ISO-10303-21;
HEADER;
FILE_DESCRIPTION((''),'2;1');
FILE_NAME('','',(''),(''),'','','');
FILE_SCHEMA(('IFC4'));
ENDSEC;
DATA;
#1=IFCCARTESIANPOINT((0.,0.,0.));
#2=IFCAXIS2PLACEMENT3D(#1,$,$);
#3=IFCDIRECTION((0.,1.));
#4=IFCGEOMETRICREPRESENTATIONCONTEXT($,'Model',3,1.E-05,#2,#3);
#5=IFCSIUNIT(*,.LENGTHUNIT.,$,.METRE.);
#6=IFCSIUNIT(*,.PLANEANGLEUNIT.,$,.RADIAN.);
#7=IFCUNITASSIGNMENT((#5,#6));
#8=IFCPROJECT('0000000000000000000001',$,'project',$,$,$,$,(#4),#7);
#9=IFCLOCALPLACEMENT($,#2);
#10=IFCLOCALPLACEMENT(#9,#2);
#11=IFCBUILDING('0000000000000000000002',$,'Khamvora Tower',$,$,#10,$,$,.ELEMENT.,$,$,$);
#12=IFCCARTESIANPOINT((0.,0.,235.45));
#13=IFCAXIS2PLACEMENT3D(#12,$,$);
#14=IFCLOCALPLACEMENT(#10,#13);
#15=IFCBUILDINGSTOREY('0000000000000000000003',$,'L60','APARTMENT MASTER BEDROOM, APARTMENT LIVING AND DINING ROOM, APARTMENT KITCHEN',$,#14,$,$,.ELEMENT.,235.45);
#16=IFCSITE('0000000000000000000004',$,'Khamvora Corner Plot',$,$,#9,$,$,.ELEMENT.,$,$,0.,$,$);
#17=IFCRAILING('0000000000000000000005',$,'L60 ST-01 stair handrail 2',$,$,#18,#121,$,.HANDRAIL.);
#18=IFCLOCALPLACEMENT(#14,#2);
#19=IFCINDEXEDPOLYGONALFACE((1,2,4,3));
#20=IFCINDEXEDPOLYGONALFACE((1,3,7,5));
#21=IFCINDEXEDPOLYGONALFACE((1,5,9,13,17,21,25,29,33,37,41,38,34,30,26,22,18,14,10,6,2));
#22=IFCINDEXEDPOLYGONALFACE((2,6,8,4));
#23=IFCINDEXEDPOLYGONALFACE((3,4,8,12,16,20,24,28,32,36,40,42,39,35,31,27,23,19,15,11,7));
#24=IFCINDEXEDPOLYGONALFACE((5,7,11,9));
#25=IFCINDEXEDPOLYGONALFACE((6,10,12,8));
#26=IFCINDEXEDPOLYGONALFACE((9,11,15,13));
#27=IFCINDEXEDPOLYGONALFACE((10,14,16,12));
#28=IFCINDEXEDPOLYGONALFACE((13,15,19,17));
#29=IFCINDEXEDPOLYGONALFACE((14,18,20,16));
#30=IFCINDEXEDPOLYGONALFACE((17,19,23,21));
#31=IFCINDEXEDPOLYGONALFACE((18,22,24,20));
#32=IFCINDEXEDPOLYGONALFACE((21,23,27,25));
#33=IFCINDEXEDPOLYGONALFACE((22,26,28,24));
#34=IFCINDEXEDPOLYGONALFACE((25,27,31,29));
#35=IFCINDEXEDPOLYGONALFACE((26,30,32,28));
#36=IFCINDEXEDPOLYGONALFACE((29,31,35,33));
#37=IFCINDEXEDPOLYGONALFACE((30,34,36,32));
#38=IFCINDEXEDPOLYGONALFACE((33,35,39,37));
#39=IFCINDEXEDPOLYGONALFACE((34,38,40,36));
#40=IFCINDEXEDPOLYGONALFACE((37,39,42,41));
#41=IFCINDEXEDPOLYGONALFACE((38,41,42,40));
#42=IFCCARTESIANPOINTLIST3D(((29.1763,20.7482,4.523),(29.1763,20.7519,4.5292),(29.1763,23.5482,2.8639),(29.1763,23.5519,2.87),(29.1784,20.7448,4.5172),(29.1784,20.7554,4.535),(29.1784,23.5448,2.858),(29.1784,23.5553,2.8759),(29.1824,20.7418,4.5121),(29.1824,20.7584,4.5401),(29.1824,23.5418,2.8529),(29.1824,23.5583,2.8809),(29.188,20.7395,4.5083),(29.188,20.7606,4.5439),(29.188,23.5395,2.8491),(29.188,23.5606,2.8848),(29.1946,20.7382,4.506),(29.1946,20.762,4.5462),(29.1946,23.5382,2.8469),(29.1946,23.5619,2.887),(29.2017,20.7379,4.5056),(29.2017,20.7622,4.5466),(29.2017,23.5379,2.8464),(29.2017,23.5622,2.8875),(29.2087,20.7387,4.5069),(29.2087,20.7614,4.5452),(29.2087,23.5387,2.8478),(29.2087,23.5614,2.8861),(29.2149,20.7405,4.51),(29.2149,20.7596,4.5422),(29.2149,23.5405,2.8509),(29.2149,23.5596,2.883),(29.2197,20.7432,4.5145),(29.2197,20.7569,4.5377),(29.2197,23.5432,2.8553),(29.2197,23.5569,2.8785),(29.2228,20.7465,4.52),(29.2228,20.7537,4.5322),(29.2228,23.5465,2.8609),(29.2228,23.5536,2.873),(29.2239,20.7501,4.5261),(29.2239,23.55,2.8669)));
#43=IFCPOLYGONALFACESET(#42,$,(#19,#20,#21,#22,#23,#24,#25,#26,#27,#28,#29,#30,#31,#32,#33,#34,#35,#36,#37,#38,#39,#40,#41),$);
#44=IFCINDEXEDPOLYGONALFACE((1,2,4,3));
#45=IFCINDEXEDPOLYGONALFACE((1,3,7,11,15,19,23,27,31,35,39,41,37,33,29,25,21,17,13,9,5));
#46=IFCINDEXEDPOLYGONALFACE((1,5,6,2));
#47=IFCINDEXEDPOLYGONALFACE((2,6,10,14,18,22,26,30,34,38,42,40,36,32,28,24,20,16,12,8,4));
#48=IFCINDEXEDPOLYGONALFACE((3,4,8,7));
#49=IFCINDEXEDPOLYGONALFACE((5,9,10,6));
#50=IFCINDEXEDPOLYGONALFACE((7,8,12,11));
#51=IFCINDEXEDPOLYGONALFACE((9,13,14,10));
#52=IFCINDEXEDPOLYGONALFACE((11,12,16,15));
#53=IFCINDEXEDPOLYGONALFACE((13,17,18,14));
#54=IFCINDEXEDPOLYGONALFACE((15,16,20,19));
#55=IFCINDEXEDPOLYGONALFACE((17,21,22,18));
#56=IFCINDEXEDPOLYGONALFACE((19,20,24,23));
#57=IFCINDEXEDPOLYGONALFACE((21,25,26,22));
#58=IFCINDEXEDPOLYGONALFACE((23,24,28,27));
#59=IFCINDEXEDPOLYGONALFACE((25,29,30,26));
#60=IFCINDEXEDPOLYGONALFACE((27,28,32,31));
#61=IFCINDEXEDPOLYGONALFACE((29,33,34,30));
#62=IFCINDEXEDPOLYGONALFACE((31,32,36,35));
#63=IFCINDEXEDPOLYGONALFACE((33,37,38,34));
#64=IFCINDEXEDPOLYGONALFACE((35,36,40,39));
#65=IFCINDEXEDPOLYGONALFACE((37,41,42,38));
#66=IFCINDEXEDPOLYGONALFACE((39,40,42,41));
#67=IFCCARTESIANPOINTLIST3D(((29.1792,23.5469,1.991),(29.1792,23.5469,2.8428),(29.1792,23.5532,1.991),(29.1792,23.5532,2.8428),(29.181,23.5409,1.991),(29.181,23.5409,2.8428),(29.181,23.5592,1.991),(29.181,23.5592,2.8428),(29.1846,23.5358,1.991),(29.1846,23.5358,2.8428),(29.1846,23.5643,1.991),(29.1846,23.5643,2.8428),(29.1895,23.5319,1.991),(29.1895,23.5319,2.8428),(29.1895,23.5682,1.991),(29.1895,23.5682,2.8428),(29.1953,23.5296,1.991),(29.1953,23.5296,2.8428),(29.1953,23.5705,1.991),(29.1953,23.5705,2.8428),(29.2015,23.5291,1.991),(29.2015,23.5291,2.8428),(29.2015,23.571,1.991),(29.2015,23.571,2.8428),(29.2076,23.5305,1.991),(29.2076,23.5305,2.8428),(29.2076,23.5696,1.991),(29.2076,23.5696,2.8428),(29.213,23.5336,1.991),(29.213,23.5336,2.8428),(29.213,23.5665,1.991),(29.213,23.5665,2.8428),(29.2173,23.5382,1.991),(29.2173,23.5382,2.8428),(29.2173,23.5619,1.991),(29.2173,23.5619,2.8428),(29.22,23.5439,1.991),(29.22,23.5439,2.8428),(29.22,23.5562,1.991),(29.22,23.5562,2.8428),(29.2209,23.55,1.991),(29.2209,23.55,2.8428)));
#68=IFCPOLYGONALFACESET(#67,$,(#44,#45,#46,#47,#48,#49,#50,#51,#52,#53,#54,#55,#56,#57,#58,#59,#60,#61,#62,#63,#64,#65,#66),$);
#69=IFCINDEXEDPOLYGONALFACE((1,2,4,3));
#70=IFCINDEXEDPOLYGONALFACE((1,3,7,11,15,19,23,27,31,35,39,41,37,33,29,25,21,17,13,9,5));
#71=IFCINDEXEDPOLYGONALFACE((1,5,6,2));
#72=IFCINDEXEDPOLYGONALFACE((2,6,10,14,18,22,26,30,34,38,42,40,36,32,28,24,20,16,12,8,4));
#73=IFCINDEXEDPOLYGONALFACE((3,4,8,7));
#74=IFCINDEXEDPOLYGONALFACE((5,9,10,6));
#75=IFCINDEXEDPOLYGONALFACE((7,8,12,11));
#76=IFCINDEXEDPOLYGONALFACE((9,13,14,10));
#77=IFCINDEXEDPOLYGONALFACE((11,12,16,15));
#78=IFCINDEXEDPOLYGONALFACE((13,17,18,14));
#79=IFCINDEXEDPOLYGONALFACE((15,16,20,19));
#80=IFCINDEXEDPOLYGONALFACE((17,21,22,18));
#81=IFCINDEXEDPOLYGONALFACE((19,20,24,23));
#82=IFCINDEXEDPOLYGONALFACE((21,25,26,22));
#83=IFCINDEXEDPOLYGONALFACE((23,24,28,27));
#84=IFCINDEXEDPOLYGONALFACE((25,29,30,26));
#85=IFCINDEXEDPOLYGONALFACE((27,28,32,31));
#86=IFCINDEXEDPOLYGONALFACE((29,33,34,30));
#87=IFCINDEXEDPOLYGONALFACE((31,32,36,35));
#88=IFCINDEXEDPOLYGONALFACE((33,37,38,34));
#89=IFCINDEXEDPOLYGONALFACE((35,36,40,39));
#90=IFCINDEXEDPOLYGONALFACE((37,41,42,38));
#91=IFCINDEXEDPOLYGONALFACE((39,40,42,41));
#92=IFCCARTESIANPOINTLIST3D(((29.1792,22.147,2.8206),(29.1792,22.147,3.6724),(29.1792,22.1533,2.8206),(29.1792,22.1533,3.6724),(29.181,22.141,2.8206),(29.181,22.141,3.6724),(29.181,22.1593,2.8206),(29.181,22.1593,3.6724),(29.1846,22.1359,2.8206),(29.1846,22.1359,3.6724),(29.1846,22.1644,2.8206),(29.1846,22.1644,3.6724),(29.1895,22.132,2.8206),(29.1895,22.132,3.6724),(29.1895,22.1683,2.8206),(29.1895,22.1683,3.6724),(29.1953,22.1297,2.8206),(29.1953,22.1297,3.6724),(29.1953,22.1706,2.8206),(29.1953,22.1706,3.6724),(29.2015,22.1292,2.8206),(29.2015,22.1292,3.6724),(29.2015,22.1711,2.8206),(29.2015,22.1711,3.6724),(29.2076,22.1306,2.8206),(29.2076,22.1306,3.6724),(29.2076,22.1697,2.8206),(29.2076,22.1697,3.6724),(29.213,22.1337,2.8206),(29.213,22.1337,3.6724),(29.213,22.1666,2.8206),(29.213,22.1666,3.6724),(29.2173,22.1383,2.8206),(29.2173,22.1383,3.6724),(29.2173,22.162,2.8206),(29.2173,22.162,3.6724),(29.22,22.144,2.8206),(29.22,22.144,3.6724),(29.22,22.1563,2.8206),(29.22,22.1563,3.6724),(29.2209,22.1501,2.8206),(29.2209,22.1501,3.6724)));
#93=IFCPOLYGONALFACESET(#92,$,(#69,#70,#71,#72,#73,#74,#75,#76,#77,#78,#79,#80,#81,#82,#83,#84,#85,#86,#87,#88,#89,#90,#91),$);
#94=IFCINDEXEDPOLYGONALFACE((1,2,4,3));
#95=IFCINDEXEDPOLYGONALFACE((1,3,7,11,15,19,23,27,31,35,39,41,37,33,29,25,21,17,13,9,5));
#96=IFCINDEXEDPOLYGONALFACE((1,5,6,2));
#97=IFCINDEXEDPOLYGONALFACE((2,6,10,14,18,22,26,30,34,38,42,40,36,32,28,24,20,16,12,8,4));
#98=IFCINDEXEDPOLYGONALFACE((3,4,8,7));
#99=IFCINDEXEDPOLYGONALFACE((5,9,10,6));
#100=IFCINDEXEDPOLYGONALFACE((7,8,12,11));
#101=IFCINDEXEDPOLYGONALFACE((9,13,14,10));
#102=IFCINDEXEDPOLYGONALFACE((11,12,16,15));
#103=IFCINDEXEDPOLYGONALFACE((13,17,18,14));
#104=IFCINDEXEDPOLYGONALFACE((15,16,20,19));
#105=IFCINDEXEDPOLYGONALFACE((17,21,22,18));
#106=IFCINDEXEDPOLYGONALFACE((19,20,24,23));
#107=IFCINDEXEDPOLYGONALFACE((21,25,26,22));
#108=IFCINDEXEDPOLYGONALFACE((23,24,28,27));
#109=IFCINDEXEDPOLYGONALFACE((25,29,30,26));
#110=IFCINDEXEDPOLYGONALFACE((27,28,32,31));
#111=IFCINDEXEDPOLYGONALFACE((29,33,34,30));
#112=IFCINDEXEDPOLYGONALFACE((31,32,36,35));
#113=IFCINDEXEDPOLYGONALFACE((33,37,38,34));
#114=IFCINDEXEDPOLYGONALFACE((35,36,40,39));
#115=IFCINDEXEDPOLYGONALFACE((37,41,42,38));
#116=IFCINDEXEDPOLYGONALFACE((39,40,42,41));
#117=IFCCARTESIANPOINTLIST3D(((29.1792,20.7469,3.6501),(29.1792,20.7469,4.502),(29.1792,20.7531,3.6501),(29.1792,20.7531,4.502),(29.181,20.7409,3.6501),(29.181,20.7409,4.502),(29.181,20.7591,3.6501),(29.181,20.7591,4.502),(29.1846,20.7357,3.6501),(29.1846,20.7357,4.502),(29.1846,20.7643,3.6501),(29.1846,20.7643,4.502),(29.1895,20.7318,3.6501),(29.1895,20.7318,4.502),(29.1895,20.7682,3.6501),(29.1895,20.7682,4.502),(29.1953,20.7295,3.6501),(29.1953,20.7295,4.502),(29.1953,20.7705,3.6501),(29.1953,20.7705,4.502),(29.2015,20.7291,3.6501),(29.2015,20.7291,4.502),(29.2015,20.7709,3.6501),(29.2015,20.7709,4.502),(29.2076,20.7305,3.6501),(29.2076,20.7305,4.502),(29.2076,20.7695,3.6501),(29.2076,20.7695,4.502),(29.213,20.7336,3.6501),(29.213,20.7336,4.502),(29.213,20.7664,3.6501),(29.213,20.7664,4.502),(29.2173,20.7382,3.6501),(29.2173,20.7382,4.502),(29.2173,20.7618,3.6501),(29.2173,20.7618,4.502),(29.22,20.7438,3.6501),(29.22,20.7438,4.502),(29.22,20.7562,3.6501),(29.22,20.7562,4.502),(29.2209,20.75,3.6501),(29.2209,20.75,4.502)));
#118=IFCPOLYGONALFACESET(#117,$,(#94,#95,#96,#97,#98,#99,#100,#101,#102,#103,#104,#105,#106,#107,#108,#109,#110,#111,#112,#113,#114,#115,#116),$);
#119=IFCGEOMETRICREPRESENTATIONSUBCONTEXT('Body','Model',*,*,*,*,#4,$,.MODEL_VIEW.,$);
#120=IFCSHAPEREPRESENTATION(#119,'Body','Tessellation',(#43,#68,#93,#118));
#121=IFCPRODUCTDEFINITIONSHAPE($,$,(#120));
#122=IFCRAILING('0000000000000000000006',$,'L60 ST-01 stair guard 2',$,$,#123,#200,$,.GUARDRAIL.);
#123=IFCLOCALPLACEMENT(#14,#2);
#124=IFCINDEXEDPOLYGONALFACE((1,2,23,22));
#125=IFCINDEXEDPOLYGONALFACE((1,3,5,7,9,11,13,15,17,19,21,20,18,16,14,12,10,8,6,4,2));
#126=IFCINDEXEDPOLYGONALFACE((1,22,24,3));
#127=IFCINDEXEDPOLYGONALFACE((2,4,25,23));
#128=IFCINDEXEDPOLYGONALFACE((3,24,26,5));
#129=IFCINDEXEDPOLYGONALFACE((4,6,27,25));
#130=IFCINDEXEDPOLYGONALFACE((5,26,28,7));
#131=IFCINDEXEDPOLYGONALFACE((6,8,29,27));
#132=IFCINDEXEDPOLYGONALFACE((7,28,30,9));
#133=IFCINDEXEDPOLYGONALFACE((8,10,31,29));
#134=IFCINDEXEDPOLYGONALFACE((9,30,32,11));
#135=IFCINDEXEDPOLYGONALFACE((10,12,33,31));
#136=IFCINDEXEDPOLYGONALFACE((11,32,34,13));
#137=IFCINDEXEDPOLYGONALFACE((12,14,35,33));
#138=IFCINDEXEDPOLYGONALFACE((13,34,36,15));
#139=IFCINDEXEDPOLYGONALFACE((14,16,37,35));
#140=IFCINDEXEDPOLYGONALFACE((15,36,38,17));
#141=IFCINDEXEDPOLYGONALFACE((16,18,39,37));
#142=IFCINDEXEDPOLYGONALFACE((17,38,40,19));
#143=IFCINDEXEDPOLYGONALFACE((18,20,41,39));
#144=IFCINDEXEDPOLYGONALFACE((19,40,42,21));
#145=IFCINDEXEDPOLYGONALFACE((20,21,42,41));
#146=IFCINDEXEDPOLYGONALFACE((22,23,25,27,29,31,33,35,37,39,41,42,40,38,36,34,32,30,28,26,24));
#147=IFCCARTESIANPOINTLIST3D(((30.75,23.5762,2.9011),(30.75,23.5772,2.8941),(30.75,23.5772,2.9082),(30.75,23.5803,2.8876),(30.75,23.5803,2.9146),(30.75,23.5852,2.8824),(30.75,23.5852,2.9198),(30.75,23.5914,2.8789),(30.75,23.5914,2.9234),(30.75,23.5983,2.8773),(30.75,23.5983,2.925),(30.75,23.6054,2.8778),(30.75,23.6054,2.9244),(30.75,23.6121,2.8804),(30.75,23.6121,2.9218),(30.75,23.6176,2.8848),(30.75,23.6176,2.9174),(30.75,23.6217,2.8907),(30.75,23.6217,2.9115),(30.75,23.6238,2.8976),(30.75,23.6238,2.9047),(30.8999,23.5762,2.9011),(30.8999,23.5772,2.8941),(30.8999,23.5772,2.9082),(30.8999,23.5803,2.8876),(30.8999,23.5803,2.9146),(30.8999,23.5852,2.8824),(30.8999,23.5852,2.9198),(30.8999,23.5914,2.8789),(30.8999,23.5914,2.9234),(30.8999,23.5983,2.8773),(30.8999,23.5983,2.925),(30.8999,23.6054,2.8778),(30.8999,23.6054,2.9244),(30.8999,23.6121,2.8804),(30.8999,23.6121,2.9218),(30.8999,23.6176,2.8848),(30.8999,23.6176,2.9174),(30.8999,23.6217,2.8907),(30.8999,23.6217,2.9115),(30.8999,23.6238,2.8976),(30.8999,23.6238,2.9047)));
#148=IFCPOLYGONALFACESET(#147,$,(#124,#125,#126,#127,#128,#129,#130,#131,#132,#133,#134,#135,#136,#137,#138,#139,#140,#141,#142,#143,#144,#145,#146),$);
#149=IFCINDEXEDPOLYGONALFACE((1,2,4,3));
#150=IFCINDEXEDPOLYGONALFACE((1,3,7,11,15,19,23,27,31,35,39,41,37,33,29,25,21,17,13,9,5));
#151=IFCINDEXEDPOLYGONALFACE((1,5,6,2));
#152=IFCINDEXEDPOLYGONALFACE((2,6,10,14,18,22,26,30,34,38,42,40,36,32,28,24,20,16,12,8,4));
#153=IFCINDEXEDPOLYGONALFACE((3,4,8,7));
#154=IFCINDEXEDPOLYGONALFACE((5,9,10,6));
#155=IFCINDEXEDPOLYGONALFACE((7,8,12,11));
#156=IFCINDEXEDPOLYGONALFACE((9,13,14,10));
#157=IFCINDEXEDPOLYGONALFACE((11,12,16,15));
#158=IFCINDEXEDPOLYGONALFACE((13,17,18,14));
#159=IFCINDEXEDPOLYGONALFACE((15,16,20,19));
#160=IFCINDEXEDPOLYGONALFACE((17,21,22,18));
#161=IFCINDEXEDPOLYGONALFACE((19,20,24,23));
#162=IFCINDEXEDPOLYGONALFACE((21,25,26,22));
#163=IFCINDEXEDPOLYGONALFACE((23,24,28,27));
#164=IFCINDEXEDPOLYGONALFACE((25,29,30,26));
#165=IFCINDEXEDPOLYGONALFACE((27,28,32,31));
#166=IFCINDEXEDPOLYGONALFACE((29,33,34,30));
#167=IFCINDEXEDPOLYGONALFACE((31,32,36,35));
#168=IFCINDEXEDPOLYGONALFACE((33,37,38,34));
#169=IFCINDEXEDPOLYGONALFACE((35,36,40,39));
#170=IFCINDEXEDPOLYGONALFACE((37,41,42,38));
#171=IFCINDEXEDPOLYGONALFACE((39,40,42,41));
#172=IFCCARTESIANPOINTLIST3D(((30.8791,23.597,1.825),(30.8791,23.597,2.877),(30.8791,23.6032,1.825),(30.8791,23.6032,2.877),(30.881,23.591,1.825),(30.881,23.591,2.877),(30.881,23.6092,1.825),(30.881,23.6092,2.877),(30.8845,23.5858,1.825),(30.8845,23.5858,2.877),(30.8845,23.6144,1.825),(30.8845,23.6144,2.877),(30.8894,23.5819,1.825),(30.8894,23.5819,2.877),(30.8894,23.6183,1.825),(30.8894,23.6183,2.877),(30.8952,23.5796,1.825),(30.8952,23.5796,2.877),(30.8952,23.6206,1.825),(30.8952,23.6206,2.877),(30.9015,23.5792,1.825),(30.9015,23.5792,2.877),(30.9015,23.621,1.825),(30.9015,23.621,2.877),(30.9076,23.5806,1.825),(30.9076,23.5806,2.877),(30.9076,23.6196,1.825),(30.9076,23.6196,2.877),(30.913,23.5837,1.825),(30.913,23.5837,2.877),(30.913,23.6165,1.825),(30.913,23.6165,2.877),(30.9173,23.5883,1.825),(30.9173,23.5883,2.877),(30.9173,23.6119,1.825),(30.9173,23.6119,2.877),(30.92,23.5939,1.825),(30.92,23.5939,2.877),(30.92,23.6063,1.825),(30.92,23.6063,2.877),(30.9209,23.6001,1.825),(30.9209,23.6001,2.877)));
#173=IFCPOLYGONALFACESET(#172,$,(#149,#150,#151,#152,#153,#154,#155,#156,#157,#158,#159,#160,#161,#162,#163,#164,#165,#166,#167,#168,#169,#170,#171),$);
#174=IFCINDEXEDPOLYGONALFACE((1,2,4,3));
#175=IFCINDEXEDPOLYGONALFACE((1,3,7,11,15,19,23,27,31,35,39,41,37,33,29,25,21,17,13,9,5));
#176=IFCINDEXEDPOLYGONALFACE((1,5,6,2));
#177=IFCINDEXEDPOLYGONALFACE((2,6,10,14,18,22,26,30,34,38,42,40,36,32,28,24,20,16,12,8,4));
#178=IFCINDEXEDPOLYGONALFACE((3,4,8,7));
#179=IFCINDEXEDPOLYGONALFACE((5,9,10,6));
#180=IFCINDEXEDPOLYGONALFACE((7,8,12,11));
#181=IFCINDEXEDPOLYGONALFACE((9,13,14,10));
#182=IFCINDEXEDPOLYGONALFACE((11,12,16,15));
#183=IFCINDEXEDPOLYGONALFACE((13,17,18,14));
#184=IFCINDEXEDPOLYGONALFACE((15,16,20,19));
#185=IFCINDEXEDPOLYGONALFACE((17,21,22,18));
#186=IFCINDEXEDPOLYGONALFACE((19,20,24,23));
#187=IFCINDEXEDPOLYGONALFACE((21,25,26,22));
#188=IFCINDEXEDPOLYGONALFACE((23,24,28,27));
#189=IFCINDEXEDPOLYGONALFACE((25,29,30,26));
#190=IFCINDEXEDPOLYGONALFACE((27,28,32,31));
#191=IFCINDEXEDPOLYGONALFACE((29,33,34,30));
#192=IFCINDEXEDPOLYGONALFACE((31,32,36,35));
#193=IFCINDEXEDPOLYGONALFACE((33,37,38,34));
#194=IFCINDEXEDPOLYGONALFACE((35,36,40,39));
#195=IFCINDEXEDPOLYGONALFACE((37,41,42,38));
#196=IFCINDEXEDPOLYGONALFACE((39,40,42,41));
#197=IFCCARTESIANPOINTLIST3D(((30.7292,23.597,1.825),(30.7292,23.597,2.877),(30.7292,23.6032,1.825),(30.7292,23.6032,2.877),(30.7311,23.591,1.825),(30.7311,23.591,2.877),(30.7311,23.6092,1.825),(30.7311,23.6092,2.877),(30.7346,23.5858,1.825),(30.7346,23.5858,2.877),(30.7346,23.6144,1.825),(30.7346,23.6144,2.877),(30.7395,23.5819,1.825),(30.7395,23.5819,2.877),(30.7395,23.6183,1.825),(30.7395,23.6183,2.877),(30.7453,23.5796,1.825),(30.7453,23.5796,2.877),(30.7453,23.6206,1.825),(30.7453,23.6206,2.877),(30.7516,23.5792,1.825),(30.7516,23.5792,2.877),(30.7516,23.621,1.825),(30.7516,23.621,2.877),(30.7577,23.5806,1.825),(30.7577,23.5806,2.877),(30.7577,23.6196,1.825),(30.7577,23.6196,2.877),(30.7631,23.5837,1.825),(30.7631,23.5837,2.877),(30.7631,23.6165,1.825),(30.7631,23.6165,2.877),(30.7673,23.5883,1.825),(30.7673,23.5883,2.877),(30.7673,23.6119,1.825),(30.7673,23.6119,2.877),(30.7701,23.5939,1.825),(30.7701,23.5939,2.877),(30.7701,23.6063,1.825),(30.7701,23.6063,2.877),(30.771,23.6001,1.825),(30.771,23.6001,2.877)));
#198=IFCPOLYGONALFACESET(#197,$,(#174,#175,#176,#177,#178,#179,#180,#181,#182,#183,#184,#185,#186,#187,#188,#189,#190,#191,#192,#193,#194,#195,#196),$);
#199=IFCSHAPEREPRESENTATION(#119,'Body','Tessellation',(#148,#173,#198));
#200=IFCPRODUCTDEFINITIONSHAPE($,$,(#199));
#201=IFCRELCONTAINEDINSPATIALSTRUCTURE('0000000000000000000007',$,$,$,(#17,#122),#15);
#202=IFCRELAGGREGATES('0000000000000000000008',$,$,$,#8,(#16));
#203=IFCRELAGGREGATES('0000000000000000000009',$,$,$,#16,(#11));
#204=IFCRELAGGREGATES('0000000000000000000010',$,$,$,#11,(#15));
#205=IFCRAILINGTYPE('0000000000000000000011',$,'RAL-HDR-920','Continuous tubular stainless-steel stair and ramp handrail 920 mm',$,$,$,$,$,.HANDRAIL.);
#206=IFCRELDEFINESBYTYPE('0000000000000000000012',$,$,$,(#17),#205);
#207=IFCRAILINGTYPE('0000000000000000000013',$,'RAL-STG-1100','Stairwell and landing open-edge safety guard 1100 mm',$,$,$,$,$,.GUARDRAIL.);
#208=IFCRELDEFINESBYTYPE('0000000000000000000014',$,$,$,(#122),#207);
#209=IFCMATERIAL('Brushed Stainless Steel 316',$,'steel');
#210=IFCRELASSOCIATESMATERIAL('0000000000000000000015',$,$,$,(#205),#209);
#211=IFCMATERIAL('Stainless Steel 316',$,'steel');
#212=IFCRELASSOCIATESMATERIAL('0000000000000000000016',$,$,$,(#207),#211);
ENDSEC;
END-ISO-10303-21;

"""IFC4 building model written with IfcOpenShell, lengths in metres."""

from ifc_helpers import new_model, si_unit, direction, frame, origin, origin_2d, place, context, subcontext, project, spatial, circle, extrude, material, type_object, element, save


model = new_model("IFC4")

# Units and contexts
model_context = context("Model", 3, precision=1e-05, world=origin(), true_north=direction((0.0, 1.0)))
body_context = subcontext(model_context, "Body", "Model", "MODEL_VIEW")
ifc_project = project(units=[si_unit("LENGTHUNIT", "METRE"), si_unit("PLANEANGLEUNIT", "RADIAN")], contexts=[model_context])

# Site, building, storey
site_placement = place(None, origin())
site = spatial("IfcSite", under=ifc_project, at=site_placement, Name="Khamvora Corner Plot", CompositionType="ELEMENT", RefElevation=0.0)
building_placement = place(site_placement, origin())
building = spatial("IfcBuilding", under=site, at=building_placement, Name="Khamvora Tower", CompositionType="ELEMENT")
storey_placement = place(building_placement, frame((0.0, 0.0, 235.45)))
storey = spatial("IfcBuildingStorey", under=building, at=storey_placement, Name="L60", Description="APARTMENT MASTER BEDROOM, APARTMENT LIVING AND DINING ROOM, APARTMENT KITCHEN", CompositionType="ELEMENT", Elevation=235.45)

# Railings
ifc_material_1 = material(Name="Brushed Stainless Steel 316", Category="steel")
railing_type_1 = type_object("IfcRailingType", Name="RAL-HDR-920", Description="Continuous tubular stainless-steel stair and ramp handrail 920 mm", PredefinedType="HANDRAIL", material=ifc_material_1)
railing_1_placement = place(storey_placement, frame((29.2, 23.55, 1.991)))
element("IfcRailing", 1, at=railing_1_placement, inside=storey, type_object=railing_type_1, Name="L60 ST-01 stair handrail 2", PredefinedType="HANDRAIL", context=body_context, shape_type="SweptSolid", body=[
    extrude(circle(Radius=0.0239, at=origin_2d()), frame((0.0, 0.0, 0.876), z_axis=(0.0, -0.860306, 0.509778), x_axis=(1.0, 0.0, 0.0)), (0.0, 0.0, 1.0), 3.2546),
    extrude(circle(Radius=0.021, at=origin_2d()), origin(), (0.0, 0.0, 1.0), 0.8518),
    extrude(circle(Radius=0.021, at=origin_2d()), frame((0.0, -1.3999, 0.8296)), (0.0, 0.0, 1.0), 0.8518),
    extrude(circle(Radius=0.021, at=origin_2d()), frame((0.0, -2.8, 1.6592)), (0.0, 0.0, 1.0), 0.8518),
])
ifc_material_2 = material(Name="Stainless Steel 316", Category="steel")
railing_type_2 = type_object("IfcRailingType", Name="RAL-STG-1100", Description="Stairwell and landing open-edge safety guard 1100 mm", PredefinedType="GUARDRAIL", material=ifc_material_2)
railing_2_placement = place(storey_placement, frame((30.8999, 23.6001, 1.825)))
element("IfcRailing", 2, at=railing_2_placement, inside=storey, type_object=railing_type_2, Name="L60 ST-01 stair guard 2", PredefinedType="GUARDRAIL", context=body_context, shape_type="SweptSolid", body=[
    extrude(circle(Radius=0.0239, at=origin_2d()), frame((0.0, 0.0, 1.0762), z_axis=(-1.0, 0.0, 0.0), x_axis=(0.0, -1.0, 0.0)), (0.0, 0.0, 1.0), 0.1499),
    extrude(circle(Radius=0.021, at=origin_2d()), origin(), (0.0, 0.0, 1.0), 1.052),
    extrude(circle(Radius=0.021, at=origin_2d()), frame((-0.1499, 0.0, 0.0)), (0.0, 0.0, 1.0), 1.052),
])

save(model, "model.ifc")
